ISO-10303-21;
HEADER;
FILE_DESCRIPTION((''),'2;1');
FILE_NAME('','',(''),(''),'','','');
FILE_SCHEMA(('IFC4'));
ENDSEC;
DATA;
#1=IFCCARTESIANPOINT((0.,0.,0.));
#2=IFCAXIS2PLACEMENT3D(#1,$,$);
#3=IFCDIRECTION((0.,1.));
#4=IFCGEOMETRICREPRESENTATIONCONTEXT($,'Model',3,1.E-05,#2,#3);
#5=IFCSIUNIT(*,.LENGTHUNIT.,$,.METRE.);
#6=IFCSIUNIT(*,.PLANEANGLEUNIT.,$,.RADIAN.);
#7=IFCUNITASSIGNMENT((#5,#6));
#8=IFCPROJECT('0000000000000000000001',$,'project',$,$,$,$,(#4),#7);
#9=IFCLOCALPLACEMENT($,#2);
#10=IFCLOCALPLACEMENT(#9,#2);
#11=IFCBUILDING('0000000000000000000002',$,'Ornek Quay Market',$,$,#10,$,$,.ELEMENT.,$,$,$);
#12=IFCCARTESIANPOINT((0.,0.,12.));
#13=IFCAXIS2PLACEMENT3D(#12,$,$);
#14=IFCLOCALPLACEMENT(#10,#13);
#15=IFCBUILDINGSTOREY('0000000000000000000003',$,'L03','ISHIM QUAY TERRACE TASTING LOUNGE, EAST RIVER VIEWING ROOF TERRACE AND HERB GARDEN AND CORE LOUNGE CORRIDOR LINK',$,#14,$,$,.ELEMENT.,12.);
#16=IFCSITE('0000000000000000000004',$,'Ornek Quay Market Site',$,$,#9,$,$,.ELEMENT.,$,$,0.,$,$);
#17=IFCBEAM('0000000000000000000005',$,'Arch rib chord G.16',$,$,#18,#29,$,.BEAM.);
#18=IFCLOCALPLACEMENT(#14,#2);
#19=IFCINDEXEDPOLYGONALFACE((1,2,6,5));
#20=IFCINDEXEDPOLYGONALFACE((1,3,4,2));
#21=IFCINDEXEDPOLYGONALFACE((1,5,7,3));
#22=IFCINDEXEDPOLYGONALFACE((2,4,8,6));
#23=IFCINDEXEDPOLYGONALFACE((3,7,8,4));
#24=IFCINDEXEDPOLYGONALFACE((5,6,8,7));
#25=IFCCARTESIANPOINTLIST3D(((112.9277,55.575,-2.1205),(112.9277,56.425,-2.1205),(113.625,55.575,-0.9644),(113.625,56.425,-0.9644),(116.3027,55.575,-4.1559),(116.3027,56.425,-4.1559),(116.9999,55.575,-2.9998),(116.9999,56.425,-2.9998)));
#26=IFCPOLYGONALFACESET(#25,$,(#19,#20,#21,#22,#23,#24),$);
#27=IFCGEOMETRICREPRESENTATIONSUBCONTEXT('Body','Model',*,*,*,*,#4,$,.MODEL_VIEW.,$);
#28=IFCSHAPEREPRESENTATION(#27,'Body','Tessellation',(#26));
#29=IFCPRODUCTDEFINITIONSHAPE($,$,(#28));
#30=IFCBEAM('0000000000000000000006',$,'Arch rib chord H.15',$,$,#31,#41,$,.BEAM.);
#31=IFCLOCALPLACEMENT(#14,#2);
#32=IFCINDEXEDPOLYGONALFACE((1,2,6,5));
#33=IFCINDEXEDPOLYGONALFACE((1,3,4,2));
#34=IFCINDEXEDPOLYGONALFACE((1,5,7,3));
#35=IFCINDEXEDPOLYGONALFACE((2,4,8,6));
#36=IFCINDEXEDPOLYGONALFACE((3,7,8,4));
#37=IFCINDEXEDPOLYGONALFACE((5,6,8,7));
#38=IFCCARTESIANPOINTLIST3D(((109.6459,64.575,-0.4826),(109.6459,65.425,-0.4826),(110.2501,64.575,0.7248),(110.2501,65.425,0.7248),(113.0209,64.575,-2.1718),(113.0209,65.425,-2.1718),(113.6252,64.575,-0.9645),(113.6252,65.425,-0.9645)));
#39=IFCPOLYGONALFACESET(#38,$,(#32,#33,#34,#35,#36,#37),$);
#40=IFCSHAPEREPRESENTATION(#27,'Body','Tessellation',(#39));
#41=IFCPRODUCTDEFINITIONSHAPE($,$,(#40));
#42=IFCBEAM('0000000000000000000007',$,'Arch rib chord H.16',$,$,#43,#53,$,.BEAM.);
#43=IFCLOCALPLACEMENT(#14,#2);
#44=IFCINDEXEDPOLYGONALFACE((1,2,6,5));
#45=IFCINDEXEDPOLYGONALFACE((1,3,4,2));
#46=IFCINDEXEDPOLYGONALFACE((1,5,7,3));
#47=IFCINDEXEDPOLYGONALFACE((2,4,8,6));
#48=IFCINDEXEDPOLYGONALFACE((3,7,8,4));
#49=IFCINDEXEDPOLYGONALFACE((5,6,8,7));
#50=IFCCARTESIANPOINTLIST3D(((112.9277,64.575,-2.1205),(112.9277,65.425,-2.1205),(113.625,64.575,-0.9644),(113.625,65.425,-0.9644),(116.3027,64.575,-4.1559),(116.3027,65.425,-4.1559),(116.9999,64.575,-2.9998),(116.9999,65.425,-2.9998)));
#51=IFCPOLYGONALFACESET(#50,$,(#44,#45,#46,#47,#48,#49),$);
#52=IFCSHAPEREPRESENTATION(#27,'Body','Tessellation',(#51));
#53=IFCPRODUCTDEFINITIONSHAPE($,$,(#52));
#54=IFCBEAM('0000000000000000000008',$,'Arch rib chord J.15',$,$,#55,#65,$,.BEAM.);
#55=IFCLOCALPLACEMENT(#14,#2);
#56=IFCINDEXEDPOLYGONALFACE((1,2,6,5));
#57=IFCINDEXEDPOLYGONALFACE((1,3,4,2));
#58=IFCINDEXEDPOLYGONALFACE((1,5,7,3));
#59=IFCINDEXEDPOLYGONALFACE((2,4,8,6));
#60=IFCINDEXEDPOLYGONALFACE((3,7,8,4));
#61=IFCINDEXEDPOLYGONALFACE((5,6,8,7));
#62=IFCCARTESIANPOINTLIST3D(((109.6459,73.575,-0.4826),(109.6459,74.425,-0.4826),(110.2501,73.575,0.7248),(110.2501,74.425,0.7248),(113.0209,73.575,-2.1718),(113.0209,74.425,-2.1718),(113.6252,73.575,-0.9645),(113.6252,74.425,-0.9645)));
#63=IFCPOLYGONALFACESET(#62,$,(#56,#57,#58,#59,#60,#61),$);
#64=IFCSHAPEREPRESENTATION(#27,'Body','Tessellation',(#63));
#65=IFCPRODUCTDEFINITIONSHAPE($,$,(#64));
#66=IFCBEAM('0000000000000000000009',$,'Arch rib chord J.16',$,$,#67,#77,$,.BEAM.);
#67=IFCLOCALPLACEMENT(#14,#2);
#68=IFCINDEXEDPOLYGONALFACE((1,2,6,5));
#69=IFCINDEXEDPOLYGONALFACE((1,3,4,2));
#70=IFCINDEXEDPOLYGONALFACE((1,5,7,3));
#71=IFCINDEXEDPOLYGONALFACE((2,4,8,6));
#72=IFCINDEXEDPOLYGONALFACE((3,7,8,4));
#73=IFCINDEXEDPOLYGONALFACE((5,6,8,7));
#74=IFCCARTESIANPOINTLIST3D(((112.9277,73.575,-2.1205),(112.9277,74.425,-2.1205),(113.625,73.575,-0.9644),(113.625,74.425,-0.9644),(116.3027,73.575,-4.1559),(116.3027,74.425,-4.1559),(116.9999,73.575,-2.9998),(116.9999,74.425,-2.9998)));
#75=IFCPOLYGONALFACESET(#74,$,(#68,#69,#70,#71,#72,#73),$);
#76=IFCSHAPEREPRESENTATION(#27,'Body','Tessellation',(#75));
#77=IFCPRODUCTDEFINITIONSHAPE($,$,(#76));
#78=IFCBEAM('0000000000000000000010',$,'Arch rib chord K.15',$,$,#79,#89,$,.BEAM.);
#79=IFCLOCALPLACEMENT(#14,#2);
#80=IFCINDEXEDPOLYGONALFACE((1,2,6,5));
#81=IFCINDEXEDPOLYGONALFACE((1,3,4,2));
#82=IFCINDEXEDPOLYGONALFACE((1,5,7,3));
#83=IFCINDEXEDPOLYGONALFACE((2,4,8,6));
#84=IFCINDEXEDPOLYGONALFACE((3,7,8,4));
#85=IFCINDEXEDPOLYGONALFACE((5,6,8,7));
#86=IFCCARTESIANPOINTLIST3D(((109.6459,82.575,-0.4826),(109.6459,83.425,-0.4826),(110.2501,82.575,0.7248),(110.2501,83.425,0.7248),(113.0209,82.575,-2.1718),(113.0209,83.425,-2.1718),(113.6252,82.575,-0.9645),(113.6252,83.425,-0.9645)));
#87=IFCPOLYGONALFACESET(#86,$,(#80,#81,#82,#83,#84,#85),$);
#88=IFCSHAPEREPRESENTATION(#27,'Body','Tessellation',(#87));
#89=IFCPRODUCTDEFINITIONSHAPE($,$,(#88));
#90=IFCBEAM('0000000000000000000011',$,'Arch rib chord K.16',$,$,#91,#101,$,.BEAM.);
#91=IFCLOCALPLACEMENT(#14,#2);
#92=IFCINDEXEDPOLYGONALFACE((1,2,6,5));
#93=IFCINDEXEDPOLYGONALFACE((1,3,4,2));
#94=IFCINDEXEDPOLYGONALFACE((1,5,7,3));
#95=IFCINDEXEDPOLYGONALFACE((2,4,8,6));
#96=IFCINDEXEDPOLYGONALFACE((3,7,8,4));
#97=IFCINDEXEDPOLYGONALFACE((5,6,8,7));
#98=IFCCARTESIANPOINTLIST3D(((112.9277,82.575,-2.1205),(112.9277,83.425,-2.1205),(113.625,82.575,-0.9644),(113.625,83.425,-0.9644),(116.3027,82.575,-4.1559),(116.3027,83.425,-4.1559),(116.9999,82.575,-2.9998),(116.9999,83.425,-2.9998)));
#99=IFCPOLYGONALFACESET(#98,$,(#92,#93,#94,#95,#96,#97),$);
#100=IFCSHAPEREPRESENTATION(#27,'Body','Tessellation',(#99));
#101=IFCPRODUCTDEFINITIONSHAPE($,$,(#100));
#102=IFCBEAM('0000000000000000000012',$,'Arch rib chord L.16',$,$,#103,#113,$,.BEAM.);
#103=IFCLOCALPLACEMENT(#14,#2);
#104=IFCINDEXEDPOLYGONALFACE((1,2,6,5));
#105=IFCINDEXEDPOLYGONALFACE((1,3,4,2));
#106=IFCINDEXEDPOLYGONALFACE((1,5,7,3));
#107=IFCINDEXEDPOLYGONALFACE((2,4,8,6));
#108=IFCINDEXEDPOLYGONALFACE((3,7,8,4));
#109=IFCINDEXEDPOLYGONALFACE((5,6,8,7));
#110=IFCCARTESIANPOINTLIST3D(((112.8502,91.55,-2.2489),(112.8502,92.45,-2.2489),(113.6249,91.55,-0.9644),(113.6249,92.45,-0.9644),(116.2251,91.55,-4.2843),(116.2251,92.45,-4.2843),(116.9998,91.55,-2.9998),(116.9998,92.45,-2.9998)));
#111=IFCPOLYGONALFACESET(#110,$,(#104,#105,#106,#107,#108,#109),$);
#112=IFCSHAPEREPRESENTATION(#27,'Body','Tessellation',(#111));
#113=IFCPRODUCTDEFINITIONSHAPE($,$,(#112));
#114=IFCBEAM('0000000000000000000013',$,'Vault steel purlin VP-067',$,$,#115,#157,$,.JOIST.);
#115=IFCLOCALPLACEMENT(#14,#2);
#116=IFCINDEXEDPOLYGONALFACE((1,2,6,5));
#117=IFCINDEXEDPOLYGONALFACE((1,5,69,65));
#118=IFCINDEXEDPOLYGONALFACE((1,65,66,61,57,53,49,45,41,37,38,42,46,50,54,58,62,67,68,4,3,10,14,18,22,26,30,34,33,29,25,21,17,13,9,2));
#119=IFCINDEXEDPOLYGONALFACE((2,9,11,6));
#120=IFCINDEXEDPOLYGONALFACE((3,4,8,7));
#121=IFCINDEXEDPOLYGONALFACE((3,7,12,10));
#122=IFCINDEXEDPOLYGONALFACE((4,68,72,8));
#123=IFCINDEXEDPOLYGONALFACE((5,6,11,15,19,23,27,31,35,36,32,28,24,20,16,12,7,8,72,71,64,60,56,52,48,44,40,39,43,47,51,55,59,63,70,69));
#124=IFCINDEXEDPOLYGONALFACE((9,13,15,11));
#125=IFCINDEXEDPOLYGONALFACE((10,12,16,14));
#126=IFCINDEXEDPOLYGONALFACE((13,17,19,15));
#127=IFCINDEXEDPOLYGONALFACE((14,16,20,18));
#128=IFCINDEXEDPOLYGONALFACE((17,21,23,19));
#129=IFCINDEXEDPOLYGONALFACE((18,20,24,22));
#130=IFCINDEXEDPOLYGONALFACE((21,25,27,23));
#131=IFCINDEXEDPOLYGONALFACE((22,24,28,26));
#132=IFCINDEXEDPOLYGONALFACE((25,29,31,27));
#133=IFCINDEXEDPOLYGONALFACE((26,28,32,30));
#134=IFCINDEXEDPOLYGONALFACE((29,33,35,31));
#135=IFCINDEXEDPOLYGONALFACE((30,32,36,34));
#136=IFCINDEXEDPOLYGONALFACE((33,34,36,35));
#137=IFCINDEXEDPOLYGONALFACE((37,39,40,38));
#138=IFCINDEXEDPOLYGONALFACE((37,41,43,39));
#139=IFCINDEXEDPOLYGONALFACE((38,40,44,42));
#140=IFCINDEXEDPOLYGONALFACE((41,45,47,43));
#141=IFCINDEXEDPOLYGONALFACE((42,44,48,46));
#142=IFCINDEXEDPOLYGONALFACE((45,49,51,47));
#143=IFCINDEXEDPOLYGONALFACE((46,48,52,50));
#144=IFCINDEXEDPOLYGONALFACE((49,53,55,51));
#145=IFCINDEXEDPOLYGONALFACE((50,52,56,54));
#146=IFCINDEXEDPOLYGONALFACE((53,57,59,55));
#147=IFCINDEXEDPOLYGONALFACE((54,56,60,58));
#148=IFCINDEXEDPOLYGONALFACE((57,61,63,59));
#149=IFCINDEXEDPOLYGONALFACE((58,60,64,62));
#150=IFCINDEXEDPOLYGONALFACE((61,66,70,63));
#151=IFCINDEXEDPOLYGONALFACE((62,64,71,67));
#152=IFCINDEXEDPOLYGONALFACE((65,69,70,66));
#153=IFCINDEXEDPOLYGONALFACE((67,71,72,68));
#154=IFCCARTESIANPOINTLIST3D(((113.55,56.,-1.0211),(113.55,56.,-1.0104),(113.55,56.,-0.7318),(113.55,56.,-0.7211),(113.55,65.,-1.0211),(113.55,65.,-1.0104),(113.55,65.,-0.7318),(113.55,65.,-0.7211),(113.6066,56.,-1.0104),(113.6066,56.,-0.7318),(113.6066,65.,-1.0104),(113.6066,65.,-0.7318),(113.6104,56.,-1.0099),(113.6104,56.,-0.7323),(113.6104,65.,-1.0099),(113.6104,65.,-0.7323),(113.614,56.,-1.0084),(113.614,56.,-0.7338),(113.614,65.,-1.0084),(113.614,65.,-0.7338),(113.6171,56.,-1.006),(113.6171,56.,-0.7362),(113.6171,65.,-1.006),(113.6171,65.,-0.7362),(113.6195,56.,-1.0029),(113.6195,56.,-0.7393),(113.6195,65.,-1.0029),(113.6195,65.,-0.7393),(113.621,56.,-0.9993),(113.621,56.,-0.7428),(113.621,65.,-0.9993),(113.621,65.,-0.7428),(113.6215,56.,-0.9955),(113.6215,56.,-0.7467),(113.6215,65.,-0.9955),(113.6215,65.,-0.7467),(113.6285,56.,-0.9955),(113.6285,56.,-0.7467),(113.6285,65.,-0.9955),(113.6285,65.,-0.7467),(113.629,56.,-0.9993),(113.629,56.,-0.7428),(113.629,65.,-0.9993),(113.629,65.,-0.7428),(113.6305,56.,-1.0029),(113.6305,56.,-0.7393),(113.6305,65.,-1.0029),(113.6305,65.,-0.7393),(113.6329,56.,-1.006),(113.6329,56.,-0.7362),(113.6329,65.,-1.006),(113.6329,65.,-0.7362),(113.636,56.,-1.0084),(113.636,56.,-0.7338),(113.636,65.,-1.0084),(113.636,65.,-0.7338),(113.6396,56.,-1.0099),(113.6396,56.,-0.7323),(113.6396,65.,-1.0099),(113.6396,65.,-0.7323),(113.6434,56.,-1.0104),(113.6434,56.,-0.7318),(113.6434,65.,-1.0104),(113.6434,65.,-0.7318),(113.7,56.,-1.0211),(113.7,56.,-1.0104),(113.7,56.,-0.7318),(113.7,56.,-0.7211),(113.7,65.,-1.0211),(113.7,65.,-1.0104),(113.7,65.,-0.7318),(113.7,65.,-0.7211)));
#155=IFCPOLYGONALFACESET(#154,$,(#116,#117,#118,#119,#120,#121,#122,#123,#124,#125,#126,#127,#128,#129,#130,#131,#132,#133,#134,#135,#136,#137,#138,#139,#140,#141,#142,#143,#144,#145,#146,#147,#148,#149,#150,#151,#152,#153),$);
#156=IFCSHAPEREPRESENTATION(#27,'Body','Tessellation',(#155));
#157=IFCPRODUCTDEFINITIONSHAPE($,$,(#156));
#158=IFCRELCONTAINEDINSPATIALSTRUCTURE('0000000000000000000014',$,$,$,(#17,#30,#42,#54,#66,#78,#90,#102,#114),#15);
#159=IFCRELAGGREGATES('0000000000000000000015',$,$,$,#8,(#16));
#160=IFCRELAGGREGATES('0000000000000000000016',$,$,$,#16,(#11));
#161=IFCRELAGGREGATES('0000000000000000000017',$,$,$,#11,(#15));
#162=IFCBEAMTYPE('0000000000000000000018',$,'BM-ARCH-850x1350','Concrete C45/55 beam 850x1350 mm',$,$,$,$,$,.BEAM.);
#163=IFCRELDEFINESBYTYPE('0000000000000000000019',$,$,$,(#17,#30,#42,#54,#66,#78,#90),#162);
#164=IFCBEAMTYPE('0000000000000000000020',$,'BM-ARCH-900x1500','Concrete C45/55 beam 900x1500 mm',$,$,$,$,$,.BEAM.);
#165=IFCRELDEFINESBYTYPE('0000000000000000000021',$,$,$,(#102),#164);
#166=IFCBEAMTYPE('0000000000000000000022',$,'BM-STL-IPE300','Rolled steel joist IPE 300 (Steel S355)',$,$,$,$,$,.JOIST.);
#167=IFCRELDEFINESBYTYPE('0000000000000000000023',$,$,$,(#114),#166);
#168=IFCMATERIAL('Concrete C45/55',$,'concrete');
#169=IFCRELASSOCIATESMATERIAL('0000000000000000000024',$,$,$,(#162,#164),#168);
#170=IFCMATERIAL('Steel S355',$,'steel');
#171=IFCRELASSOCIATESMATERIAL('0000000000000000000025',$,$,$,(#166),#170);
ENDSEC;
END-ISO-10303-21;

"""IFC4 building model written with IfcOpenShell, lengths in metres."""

from ifc_helpers import new_model, si_unit, direction, frame, origin, origin_2d, place, context, subcontext, project, spatial, rectangle, i_section, extrude, material, material_profile, profile_set, type_object, element, save


model = new_model("IFC4")

# Units and contexts
model_context = context("Model", 3, precision=1e-05, world=origin(), true_north=direction((0.0, 1.0)))
body_context = subcontext(model_context, "Body", "Model", "MODEL_VIEW")
ifc_project = project(units=[si_unit("LENGTHUNIT", "METRE"), si_unit("PLANEANGLEUNIT", "RADIAN")], contexts=[model_context])

# Site, building, storey
site_placement = place(None, origin())
site = spatial("IfcSite", under=ifc_project, at=site_placement, Name="Ornek Quay Market Site", CompositionType="ELEMENT", RefElevation=0.0)
building_placement = place(site_placement, origin())
building = spatial("IfcBuilding", under=site, at=building_placement, Name="Ornek Quay Market", CompositionType="ELEMENT")
storey_placement = place(building_placement, frame((0.0, 0.0, 12.0)))
storey = spatial("IfcBuildingStorey", under=building, at=storey_placement, Name="L03", Description="ISHIM QUAY TERRACE TASTING LOUNGE, EAST RIVER VIEWING ROOF TERRACE AND HERB GARDEN AND CORE LOUNGE CORRIDOR LINK", CompositionType="ELEMENT", Elevation=12.0)

# Beams
ifc_material_1 = material(Name="Concrete C45/55", Category="concrete")
ifc_material_profile_1 = material_profile(ifc_material_1, rectangle(XDim=0.8501, YDim=1.3501, at=origin_2d()), Name="RC 850x1350", Category="concrete")
ifc_profile_set_1 = profile_set([ifc_material_profile_1], Name="Concrete C45/55")
beam_type_1 = type_object("IfcBeamType", Name="BM-ARCH-850x1350", Description="Concrete C45/55 beam 850x1350 mm", PredefinedType="BEAM", material=ifc_profile_set_1)
beam_1_placement = place(storey_placement, frame((113.2764, 56.0, -1.5425), z_axis=(0.856327, 0.0, -0.516435), x_axis=(0.0, 1.0, 0.0)))
element("IfcBeam", 1, at=beam_1_placement, inside=storey, type_object=beam_type_1, Name="Arch rib chord G.16", PredefinedType="BEAM", context=body_context, shape_type="SweptSolid", body=[
    extrude(rectangle(XDim=0.8501, YDim=1.3501, at=origin_2d()), origin(), (0.0, 0.0, 1.0), 3.9412),
])
beam_2_placement = place(storey_placement, frame((109.948, 65.0, 0.1211), z_axis=(0.894246, 0.0, -0.447576), x_axis=(0.0, 1.0, 0.0)))
element("IfcBeam", 2, at=beam_2_placement, inside=storey, type_object=beam_type_1, Name="Arch rib chord H.15", PredefinedType="BEAM", context=body_context, shape_type="SweptSolid", body=[
    extrude(rectangle(XDim=0.8501, YDim=1.3501, at=origin_2d()), origin(), (0.0, 0.0, 1.0), 3.7742),
])
beam_3_placement = place(storey_placement, frame((113.2764, 65.0, -1.5425), z_axis=(0.856327, 0.0, -0.516435), x_axis=(0.0, 1.0, 0.0)))
element("IfcBeam", 3, at=beam_3_placement, inside=storey, type_object=beam_type_1, Name="Arch rib chord H.16", PredefinedType="BEAM", context=body_context, shape_type="SweptSolid", body=[
    extrude(rectangle(XDim=0.8501, YDim=1.3501, at=origin_2d()), origin(), (0.0, 0.0, 1.0), 3.9412),
])
beam_4_placement = place(storey_placement, frame((109.948, 74.0, 0.1211), z_axis=(0.894246, 0.0, -0.447576), x_axis=(0.0, 1.0, 0.0)))
element("IfcBeam", 4, at=beam_4_placement, inside=storey, type_object=beam_type_1, Name="Arch rib chord J.15", PredefinedType="BEAM", context=body_context, shape_type="SweptSolid", body=[
    extrude(rectangle(XDim=0.8501, YDim=1.3501, at=origin_2d()), origin(), (0.0, 0.0, 1.0), 3.7742),
])
beam_5_placement = place(storey_placement, frame((113.2764, 74.0, -1.5425), z_axis=(0.856327, 0.0, -0.516435), x_axis=(0.0, 1.0, 0.0)))
element("IfcBeam", 5, at=beam_5_placement, inside=storey, type_object=beam_type_1, Name="Arch rib chord J.16", PredefinedType="BEAM", context=body_context, shape_type="SweptSolid", body=[
    extrude(rectangle(XDim=0.8501, YDim=1.3501, at=origin_2d()), origin(), (0.0, 0.0, 1.0), 3.9412),
])
beam_6_placement = place(storey_placement, frame((109.948, 83.0, 0.1211), z_axis=(0.894246, 0.0, -0.447576), x_axis=(0.0, 1.0, 0.0)))
element("IfcBeam", 6, at=beam_6_placement, inside=storey, type_object=beam_type_1, Name="Arch rib chord K.15", PredefinedType="BEAM", context=body_context, shape_type="SweptSolid", body=[
    extrude(rectangle(XDim=0.8501, YDim=1.3501, at=origin_2d()), origin(), (0.0, 0.0, 1.0), 3.7742),
])
beam_7_placement = place(storey_placement, frame((113.2764, 83.0, -1.5425), z_axis=(0.856327, 0.0, -0.516435), x_axis=(0.0, 1.0, 0.0)))
element("IfcBeam", 7, at=beam_7_placement, inside=storey, type_object=beam_type_1, Name="Arch rib chord K.16", PredefinedType="BEAM", context=body_context, shape_type="SweptSolid", body=[
    extrude(rectangle(XDim=0.8501, YDim=1.3501, at=origin_2d()), origin(), (0.0, 0.0, 1.0), 3.9412),
])
ifc_material_profile_2 = material_profile(ifc_material_1, rectangle(XDim=0.8999, YDim=1.5, at=origin_2d()), Name="RC 900x1500", Category="concrete")
ifc_profile_set_2 = profile_set([ifc_material_profile_2], Name="Concrete C45/55")
beam_type_2 = type_object("IfcBeamType", Name="BM-ARCH-900x1500", Description="Concrete C45/55 beam 900x1500 mm", PredefinedType="BEAM", material=ifc_profile_set_2)
beam_8_placement = place(storey_placement, frame((113.2375, 92.0, -1.6067), z_axis=(0.856327, 0.0, -0.516435), x_axis=(0.0, 1.0, 0.0)))
element("IfcBeam", 8, at=beam_8_placement, inside=storey, type_object=beam_type_2, Name="Arch rib chord L.16", PredefinedType="BEAM", context=body_context, shape_type="SweptSolid", body=[
    extrude(rectangle(XDim=0.8999, YDim=1.5, at=origin_2d()), origin(), (0.0, 0.0, 1.0), 3.9412),
])
ifc_material_2 = material(Name="Steel S355", Category="steel")
ifc_material_profile_3 = material_profile(ifc_material_2, i_section(OverallWidth=0.1499, OverallDepth=0.3, WebThickness=0.0071, FlangeThickness=0.0107, FilletRadius=0.0149, at=origin_2d()), Name="IPE 300", Category="steel")
ifc_profile_set_3 = profile_set([ifc_material_profile_3], Name="Steel S355")
beam_type_3 = type_object("IfcBeamType", Name="BM-STL-IPE300", Description="Rolled steel joist IPE 300 (Steel S355)", PredefinedType="JOIST", material=ifc_profile_set_3)
beam_9_placement = place(storey_placement, frame((113.625, 56.0, -0.8711), z_axis=(0.0, 1.0, 0.0), x_axis=(-1.0, 0.0, 0.0)))
element("IfcBeam", 9, at=beam_9_placement, inside=storey, type_object=beam_type_3, Name="Vault steel purlin VP-067", PredefinedType="JOIST", context=body_context, shape_type="SweptSolid", body=[
    extrude(i_section(OverallWidth=0.1499, OverallDepth=0.3, WebThickness=0.0071, FlangeThickness=0.0107, FilletRadius=0.0149, at=origin_2d()), origin(), (0.0, 0.0, 1.0), 9.0),
])

save(model, "model.ifc")
